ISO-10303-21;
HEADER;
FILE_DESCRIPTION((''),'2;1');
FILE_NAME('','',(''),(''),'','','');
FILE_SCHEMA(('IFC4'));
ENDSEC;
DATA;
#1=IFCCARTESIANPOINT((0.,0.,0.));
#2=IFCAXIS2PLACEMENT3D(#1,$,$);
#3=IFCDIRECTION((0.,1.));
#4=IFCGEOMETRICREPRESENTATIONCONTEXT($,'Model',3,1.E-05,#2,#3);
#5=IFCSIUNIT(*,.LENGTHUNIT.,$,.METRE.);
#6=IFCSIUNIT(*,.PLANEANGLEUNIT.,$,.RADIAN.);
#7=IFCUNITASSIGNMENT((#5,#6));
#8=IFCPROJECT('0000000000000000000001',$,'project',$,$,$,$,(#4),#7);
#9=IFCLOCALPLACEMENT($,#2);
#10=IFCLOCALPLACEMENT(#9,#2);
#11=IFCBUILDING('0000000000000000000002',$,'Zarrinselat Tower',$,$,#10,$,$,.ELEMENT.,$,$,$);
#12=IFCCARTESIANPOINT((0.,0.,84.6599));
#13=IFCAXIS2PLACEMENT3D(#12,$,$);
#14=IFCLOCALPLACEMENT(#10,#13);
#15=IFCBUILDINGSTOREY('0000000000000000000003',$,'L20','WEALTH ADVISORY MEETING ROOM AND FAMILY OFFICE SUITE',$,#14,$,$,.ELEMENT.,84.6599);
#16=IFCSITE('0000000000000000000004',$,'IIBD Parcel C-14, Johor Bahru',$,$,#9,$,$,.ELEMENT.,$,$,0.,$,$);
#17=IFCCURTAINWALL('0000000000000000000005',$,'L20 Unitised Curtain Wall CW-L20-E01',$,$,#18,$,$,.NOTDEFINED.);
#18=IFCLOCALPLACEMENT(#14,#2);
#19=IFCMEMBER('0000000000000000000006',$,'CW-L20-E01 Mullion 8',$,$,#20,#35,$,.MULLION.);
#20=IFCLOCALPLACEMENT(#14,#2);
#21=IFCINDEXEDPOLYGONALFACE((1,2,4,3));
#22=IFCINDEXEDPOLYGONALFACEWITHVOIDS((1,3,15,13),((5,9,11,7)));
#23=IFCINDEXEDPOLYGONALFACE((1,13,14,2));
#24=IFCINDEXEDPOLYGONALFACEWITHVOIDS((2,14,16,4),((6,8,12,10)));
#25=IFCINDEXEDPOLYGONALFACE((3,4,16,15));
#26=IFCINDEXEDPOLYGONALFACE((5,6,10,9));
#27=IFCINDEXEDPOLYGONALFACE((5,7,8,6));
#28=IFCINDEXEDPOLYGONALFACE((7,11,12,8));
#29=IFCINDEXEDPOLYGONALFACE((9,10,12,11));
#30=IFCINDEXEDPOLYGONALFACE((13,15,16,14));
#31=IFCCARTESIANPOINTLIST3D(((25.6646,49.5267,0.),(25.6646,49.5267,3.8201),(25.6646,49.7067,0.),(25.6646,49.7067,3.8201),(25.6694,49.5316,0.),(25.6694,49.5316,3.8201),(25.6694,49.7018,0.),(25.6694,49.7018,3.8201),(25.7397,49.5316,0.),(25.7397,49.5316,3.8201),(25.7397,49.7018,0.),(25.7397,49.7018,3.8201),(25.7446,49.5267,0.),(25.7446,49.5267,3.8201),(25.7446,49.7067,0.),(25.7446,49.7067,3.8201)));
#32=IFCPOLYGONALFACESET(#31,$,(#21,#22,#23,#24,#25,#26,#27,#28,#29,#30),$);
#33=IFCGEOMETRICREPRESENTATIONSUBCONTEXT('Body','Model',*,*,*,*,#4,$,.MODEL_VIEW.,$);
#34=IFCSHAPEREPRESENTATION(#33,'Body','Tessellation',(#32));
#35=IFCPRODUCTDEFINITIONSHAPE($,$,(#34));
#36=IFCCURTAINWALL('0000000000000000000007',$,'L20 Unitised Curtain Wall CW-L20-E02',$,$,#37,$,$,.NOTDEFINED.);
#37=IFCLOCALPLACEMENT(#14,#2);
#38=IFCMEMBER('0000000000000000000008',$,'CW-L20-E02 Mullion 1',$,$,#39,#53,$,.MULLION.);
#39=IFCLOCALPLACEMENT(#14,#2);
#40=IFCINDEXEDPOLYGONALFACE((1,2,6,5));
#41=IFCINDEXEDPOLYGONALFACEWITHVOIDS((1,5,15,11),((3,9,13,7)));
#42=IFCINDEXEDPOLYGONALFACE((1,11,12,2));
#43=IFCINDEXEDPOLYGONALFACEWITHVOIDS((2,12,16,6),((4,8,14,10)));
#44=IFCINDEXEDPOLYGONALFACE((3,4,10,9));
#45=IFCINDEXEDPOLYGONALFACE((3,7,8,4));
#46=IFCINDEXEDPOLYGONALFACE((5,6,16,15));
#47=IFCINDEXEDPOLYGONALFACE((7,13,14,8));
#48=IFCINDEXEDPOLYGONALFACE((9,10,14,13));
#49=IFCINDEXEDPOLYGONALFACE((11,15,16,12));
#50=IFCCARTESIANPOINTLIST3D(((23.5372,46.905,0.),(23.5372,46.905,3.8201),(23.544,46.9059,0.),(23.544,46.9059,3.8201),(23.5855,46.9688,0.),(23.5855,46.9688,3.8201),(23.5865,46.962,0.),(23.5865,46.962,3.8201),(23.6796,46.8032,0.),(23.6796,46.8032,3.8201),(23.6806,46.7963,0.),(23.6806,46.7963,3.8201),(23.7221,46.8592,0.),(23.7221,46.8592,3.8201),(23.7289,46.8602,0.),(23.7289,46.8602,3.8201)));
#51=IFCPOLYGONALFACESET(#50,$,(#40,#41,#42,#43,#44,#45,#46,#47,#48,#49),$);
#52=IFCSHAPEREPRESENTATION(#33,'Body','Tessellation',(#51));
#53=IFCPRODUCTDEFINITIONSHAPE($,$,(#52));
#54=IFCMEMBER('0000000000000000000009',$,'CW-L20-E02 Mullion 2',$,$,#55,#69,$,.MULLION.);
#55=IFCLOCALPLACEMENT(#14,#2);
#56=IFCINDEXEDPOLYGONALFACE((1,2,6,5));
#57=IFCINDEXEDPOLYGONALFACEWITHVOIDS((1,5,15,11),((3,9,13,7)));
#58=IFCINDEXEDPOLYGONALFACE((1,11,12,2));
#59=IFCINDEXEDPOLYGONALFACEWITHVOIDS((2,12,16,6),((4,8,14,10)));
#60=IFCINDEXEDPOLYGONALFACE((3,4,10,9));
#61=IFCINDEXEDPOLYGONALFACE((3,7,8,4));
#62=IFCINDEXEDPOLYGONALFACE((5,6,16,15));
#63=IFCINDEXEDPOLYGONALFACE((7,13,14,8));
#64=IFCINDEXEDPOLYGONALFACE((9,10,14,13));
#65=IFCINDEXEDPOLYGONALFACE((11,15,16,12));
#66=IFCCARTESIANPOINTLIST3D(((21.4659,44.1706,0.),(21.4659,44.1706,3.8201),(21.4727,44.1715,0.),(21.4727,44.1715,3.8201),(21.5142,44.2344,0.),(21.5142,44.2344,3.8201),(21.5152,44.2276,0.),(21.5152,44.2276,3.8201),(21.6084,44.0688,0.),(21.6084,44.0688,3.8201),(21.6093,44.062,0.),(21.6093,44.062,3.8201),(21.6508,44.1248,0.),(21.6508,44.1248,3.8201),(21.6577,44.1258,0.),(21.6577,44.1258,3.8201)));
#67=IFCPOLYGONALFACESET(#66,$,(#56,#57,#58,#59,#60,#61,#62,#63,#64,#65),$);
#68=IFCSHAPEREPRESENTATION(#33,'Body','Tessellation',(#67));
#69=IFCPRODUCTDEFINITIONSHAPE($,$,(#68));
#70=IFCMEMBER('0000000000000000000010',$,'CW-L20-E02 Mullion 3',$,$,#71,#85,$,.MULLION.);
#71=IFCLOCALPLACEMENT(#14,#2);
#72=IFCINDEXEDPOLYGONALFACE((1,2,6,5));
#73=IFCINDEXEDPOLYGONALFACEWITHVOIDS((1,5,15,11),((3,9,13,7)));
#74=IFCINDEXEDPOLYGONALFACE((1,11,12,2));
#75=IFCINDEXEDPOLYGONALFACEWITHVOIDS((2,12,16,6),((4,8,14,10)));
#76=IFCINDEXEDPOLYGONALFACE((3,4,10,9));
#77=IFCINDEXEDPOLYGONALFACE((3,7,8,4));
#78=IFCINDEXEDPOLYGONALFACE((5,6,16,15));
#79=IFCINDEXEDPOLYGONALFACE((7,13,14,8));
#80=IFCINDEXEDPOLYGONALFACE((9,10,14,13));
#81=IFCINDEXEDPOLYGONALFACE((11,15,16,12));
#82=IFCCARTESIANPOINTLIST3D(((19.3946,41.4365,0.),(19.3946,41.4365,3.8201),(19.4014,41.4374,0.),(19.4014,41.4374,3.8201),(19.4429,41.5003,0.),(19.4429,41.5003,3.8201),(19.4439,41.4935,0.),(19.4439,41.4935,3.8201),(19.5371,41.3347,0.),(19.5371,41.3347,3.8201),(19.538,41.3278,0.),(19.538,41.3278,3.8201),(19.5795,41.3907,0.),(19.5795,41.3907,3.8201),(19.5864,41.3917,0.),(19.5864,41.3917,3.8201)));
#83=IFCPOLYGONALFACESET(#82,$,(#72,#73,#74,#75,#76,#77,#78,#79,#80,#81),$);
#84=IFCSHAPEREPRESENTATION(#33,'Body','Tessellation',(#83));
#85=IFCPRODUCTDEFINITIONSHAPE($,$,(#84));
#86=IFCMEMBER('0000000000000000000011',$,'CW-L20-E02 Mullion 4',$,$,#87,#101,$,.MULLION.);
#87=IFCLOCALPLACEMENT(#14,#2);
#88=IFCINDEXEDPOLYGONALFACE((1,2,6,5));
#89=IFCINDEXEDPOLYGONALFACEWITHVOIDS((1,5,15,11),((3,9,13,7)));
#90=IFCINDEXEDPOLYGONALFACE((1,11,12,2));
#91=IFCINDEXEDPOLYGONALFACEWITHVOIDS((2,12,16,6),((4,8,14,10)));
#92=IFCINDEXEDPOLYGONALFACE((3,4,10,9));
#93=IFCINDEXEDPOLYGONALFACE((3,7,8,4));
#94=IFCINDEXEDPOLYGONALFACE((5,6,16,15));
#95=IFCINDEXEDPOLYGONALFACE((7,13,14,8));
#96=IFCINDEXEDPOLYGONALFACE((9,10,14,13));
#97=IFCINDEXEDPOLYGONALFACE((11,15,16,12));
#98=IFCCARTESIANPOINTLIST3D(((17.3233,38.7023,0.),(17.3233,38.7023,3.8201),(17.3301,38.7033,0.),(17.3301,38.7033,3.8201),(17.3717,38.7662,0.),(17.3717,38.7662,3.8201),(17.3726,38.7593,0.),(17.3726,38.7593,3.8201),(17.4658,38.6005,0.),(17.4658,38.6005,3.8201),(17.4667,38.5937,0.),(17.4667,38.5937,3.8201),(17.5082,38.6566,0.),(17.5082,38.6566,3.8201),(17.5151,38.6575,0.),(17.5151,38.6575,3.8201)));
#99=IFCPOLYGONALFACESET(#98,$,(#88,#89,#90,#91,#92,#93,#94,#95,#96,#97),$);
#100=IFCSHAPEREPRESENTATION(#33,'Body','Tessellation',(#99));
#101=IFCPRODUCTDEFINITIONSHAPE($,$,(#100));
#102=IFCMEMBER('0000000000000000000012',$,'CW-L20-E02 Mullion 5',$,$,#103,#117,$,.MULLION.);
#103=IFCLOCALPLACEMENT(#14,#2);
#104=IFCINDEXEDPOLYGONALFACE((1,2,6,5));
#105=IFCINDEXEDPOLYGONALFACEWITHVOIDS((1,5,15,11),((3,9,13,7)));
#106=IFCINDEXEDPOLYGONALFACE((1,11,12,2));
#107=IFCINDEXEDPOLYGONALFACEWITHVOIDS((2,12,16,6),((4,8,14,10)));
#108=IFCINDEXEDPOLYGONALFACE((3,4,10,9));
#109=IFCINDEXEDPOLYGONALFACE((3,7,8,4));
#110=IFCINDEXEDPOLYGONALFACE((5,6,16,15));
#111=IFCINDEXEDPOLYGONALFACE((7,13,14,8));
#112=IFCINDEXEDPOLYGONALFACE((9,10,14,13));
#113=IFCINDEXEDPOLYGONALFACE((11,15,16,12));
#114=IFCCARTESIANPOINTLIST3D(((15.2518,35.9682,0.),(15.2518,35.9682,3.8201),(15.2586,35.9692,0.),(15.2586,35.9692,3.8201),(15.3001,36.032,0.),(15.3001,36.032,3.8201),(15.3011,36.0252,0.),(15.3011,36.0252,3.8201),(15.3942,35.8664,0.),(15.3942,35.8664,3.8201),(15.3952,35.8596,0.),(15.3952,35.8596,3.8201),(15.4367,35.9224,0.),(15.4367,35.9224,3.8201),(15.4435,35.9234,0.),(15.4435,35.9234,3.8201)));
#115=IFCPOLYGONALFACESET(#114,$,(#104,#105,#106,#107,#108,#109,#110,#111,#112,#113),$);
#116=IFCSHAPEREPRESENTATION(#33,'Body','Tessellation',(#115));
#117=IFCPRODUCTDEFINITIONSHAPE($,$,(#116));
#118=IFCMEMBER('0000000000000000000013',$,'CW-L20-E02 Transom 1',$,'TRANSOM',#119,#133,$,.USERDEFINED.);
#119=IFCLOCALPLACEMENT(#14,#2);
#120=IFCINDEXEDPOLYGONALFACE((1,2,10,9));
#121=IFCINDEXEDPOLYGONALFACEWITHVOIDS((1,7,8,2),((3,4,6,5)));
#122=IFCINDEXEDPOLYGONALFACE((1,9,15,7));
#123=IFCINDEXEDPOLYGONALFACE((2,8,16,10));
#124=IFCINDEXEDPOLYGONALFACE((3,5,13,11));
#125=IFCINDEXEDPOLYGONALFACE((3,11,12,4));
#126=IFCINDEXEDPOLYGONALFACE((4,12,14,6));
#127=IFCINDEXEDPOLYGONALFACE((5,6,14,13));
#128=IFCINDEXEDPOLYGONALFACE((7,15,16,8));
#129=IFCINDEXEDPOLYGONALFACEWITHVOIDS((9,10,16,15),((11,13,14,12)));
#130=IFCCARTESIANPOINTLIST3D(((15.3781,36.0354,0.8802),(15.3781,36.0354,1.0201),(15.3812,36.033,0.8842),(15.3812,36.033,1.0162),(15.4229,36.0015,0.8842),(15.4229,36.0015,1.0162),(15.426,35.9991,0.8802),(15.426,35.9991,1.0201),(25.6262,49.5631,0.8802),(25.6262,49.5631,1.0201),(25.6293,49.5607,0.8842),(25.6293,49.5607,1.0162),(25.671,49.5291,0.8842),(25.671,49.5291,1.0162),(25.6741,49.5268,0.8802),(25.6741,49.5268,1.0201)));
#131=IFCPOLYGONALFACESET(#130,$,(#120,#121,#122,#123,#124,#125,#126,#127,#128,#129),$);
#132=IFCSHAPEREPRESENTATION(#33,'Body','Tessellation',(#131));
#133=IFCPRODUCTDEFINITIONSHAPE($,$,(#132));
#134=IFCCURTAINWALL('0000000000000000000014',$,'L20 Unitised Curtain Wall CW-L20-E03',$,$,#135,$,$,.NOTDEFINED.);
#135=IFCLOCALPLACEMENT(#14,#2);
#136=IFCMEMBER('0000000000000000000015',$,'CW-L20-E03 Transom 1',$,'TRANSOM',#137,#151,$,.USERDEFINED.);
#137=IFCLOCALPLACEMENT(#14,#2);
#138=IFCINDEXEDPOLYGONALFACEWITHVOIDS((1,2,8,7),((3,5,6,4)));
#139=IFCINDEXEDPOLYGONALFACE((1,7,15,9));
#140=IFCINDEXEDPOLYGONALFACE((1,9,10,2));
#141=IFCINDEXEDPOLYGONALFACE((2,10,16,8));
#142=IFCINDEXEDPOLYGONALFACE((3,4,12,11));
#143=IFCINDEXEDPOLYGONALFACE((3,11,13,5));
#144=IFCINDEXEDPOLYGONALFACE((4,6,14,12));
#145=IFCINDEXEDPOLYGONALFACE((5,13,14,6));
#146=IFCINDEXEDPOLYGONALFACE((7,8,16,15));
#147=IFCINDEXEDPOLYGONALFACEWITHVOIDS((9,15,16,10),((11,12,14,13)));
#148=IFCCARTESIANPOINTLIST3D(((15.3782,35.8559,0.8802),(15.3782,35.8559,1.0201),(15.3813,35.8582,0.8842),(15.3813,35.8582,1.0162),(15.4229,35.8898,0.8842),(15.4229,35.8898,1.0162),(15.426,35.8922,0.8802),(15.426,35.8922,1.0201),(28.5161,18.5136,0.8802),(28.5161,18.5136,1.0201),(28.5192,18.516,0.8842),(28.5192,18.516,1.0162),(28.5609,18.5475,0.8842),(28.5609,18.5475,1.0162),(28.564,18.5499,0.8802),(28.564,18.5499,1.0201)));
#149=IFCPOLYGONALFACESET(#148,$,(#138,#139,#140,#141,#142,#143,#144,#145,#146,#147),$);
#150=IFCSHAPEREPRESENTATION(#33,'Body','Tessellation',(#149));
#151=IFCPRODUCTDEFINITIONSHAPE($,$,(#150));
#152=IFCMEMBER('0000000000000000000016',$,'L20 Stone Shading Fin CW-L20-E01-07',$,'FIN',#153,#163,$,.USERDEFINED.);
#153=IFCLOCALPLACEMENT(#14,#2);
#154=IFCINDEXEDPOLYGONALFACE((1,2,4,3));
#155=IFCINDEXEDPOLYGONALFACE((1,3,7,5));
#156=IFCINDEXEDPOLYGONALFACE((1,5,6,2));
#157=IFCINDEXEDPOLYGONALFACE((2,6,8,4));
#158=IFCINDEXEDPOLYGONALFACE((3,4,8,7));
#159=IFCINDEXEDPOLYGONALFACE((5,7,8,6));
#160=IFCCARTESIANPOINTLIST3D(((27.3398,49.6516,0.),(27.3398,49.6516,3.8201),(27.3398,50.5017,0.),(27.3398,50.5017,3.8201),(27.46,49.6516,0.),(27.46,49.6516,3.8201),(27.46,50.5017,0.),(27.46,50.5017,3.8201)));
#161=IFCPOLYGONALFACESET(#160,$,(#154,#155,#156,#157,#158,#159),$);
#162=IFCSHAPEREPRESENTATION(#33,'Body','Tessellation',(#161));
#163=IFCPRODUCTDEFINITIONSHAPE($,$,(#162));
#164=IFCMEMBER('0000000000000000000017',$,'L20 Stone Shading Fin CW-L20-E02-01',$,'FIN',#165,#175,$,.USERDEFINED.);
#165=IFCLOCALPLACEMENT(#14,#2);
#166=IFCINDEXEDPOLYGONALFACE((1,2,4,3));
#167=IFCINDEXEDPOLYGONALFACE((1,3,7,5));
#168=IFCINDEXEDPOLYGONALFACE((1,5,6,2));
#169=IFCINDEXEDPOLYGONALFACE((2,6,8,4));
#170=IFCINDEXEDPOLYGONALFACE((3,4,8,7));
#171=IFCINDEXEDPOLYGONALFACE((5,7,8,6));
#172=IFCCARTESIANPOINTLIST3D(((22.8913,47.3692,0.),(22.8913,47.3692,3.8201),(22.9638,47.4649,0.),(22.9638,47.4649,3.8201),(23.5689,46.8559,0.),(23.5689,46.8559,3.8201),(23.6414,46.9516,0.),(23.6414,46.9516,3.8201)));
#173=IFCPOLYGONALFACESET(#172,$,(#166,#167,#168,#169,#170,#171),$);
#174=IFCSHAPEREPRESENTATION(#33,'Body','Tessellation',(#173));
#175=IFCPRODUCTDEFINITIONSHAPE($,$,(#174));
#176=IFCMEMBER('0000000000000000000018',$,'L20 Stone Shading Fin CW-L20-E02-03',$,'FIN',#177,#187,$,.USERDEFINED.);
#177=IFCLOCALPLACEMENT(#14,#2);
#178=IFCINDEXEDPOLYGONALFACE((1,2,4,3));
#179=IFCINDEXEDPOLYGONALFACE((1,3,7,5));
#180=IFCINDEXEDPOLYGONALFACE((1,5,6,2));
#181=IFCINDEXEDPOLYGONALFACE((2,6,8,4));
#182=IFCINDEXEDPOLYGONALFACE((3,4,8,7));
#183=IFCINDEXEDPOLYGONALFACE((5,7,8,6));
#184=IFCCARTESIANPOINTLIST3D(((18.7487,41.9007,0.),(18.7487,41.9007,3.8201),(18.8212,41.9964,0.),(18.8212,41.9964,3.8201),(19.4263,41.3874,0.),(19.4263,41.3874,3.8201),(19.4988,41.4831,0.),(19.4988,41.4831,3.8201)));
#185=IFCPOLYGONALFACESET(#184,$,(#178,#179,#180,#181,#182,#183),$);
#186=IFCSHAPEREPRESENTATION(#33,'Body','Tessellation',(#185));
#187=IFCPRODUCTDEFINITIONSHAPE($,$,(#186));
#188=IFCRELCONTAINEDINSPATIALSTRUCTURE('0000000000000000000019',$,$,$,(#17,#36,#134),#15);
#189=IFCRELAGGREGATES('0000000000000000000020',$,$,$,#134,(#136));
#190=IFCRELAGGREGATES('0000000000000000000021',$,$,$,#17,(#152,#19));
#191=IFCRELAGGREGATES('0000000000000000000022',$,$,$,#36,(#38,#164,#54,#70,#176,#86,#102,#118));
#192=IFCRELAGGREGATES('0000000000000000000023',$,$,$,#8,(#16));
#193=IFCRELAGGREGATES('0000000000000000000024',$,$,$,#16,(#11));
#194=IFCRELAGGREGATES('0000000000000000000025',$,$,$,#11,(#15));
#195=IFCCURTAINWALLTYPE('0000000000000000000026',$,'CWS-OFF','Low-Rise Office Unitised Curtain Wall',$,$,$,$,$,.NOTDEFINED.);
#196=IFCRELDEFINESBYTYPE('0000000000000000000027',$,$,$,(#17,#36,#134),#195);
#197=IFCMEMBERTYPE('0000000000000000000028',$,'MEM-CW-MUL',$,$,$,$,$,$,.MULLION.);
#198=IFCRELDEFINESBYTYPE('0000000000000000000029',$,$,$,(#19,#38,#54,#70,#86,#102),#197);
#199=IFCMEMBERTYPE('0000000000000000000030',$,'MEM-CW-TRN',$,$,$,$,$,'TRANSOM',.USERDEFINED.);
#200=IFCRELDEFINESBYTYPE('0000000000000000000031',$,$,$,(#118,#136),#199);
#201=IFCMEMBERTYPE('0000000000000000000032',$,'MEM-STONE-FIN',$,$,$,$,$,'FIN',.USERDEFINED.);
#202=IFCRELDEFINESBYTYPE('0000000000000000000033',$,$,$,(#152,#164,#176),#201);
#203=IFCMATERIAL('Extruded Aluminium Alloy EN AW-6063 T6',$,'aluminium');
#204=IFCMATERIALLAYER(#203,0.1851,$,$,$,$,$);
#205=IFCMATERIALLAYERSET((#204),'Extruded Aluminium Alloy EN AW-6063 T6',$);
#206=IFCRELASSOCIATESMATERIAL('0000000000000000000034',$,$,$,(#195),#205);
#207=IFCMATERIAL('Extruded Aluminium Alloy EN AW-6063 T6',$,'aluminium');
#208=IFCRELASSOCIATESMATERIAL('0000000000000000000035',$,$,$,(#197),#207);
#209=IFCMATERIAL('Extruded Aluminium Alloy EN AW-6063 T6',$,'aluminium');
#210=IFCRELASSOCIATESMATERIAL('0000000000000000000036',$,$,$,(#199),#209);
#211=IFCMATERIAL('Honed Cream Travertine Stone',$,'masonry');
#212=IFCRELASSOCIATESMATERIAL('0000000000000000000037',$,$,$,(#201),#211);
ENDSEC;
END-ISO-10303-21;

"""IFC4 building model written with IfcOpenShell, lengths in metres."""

from ifc_helpers import new_model, si_unit, direction, frame, origin, origin_2d, place, context, subcontext, project, spatial, rectangle, hollow_rectangle, extrude, material, layer, layer_set, material_profile, profile_set, type_object, element, aggregate, save


model = new_model("IFC4")

# Units and contexts
model_context = context("Model", 3, precision=1e-05, world=origin(), true_north=direction((0.0, 1.0)))
body_context = subcontext(model_context, "Body", "Model", "MODEL_VIEW")
ifc_project = project(units=[si_unit("LENGTHUNIT", "METRE"), si_unit("PLANEANGLEUNIT", "RADIAN")], contexts=[model_context])

# Site, building, storey
site_placement = place(None, origin())
site = spatial("IfcSite", under=ifc_project, at=site_placement, Name="IIBD Parcel C-14, Johor Bahru", CompositionType="ELEMENT", RefElevation=0.0)
building_placement = place(site_placement, origin())
building = spatial("IfcBuilding", under=site, at=building_placement, Name="Zarrinselat Tower", CompositionType="ELEMENT")
storey_placement = place(building_placement, frame((0.0, 0.0, 84.6599)))
storey = spatial("IfcBuildingStorey", under=building, at=storey_placement, Name="L20", Description="WEALTH ADVISORY MEETING ROOM AND FAMILY OFFICE SUITE", CompositionType="ELEMENT", Elevation=84.6599)

# Curtain walls, members
ifc_material_1 = material(Name="Extruded Aluminium Alloy EN AW-6063 T6", Category="aluminium")
ifc_layer_1 = layer(ifc_material_1, 0.1851)
ifc_layer_set_1 = layer_set([ifc_layer_1], Name="Extruded Aluminium Alloy EN AW-6063 T6")
curtain_wall_type = type_object("IfcCurtainWallType", Name="CWS-OFF", Description="Low-Rise Office Unitised Curtain Wall", PredefinedType="NOTDEFINED", material=ifc_layer_set_1)
curtain_wall_1_placement = place(storey_placement, origin())
curtain_wall_1 = element("IfcCurtainWall", 1, at=curtain_wall_1_placement, inside=storey, type_object=curtain_wall_type, Name="L20 Unitised Curtain Wall CW-L20-E01", PredefinedType="NOTDEFINED")
ifc_material_2 = material(Name="Extruded Aluminium Alloy EN AW-6063 T6", Category="aluminium")
ifc_material_profile_1 = material_profile(ifc_material_2, hollow_rectangle(XDim=0.0801, YDim=0.1799, WallThickness=0.0049, at=origin_2d()), Name="RHS 180x80x5")
ifc_profile_set_1 = profile_set([ifc_material_profile_1], Name="Extruded Aluminium Alloy EN AW-6063 T6")
member_type_1 = type_object("IfcMemberType", Name="MEM-CW-MUL", PredefinedType="MULLION", material=ifc_profile_set_1)
member_1_placement = place(storey_placement, frame((25.7046, 49.6167, 0.0), z_axis=(0.0, 0.0, 1.0), x_axis=(-1.0, 0.0, 0.0)))
member_1 = element("IfcMember", 2, at=member_1_placement, type_object=member_type_1, Name="CW-L20-E01 Mullion 8", PredefinedType="MULLION", context=body_context, shape_type="SweptSolid", body=[
    extrude(hollow_rectangle(XDim=0.0801, YDim=0.1799, WallThickness=0.0049, at=origin_2d()), origin(), (0.0, 0.0, 1.0), 3.8201),
])
curtain_wall_2_placement = place(storey_placement, origin())
curtain_wall_2 = element("IfcCurtainWall", 3, at=curtain_wall_2_placement, inside=storey, type_object=curtain_wall_type, Name="L20 Unitised Curtain Wall CW-L20-E02", PredefinedType="NOTDEFINED")
member_2_placement = place(storey_placement, frame((23.6331, 46.8826, 0.0), z_axis=(0.0, 0.0, 1.0), x_axis=(-0.603857, -0.797093, 0.0)))
member_2 = element("IfcMember", 4, at=member_2_placement, type_object=member_type_1, Name="CW-L20-E02 Mullion 1", PredefinedType="MULLION", context=body_context, shape_type="SweptSolid", body=[
    extrude(hollow_rectangle(XDim=0.0801, YDim=0.1799, WallThickness=0.0049, at=origin_2d()), origin(), (0.0, 0.0, 1.0), 3.8201),
])
member_3_placement = place(storey_placement, frame((21.5618, 44.1482, 0.0), z_axis=(0.0, 0.0, 1.0), x_axis=(-0.603857, -0.797093, 0.0)))
member_3 = element("IfcMember", 5, at=member_3_placement, type_object=member_type_1, Name="CW-L20-E02 Mullion 2", PredefinedType="MULLION", context=body_context, shape_type="SweptSolid", body=[
    extrude(hollow_rectangle(XDim=0.0801, YDim=0.1799, WallThickness=0.0049, at=origin_2d()), origin(), (0.0, 0.0, 1.0), 3.8201),
])
member_4_placement = place(storey_placement, frame((19.4905, 41.4141, 0.0), z_axis=(0.0, 0.0, 1.0), x_axis=(-0.603857, -0.797093, 0.0)))
member_4 = element("IfcMember", 6, at=member_4_placement, type_object=member_type_1, Name="CW-L20-E02 Mullion 3", PredefinedType="MULLION", context=body_context, shape_type="SweptSolid", body=[
    extrude(hollow_rectangle(XDim=0.0801, YDim=0.1799, WallThickness=0.0049, at=origin_2d()), origin(), (0.0, 0.0, 1.0), 3.8201),
])
member_5_placement = place(storey_placement, frame((17.4192, 38.6799, 0.0), z_axis=(0.0, 0.0, 1.0), x_axis=(-0.603857, -0.797093, 0.0)))
member_5 = element("IfcMember", 7, at=member_5_placement, type_object=member_type_1, Name="CW-L20-E02 Mullion 4", PredefinedType="MULLION", context=body_context, shape_type="SweptSolid", body=[
    extrude(hollow_rectangle(XDim=0.0801, YDim=0.1799, WallThickness=0.0049, at=origin_2d()), origin(), (0.0, 0.0, 1.0), 3.8201),
])
member_6_placement = place(storey_placement, frame((15.3477, 35.9458, 0.0), z_axis=(0.0, 0.0, 1.0), x_axis=(-0.603857, -0.797093, 0.0)))
member_6 = element("IfcMember", 8, at=member_6_placement, type_object=member_type_1, Name="CW-L20-E02 Mullion 5", PredefinedType="MULLION", context=body_context, shape_type="SweptSolid", body=[
    extrude(hollow_rectangle(XDim=0.0801, YDim=0.1799, WallThickness=0.0049, at=origin_2d()), origin(), (0.0, 0.0, 1.0), 3.8201),
])
ifc_material_3 = material(Name="Extruded Aluminium Alloy EN AW-6063 T6", Category="aluminium")
ifc_material_profile_2 = material_profile(ifc_material_3, hollow_rectangle(XDim=0.0601, YDim=0.1399, WallThickness=0.0039, at=origin_2d()), Name="RHS 140x60x4")
ifc_profile_set_2 = profile_set([ifc_material_profile_2], Name="Extruded Aluminium Alloy EN AW-6063 T6")
member_type_2 = type_object("IfcMemberType", Name="MEM-CW-TRN", ElementType="TRANSOM", PredefinedType="USERDEFINED", material=ifc_profile_set_2)
member_7_placement = place(storey_placement, frame((25.6501, 49.5449, 0.9502), z_axis=(-0.603853, -0.797096, 0.0), x_axis=(0.797096, -0.603853, 0.0)))
member_7 = element("IfcMember", 9, at=member_7_placement, type_object=member_type_2, Name="CW-L20-E02 Transom 1", ObjectType="TRANSOM", PredefinedType="USERDEFINED", context=body_context, shape_type="SweptSolid", body=[
    extrude(hollow_rectangle(XDim=0.0601, YDim=0.1399, WallThickness=0.0039, at=origin_2d()), origin(), (0.0, 0.0, 1.0), 16.9712),
])

# Curtain wall, member
curtain_wall_3_placement = place(storey_placement, origin())
curtain_wall_3 = element("IfcCurtainWall", 10, at=curtain_wall_3_placement, inside=storey, type_object=curtain_wall_type, Name="L20 Unitised Curtain Wall CW-L20-E03", PredefinedType="NOTDEFINED")
member_8_placement = place(storey_placement, frame((15.4021, 35.874, 0.9502), z_axis=(0.603853, -0.797096, 0.0), x_axis=(0.797096, 0.603853, 0.0)))
member_8 = element("IfcMember", 11, at=member_8_placement, type_object=member_type_2, Name="CW-L20-E03 Transom 1", ObjectType="TRANSOM", PredefinedType="USERDEFINED", context=body_context, shape_type="SweptSolid", body=[
    extrude(hollow_rectangle(XDim=0.0601, YDim=0.1399, WallThickness=0.0039, at=origin_2d()), origin(), (0.0, 0.0, 1.0), 21.7568),
])
aggregate(curtain_wall_3, [member_8])

# Members
ifc_material_4 = material(Name="Honed Cream Travertine Stone", Category="masonry")
ifc_material_profile_3 = material_profile(ifc_material_4, rectangle(XDim=0.1201, YDim=0.8501, at=origin_2d()), Name="FIN 850x120")
ifc_profile_set_3 = profile_set([ifc_material_profile_3], Name="Honed Cream Travertine Stone")
member_type_3 = type_object("IfcMemberType", Name="MEM-STONE-FIN", ElementType="FIN", PredefinedType="USERDEFINED", material=ifc_profile_set_3)
member_9_placement = place(storey_placement, frame((27.3999, 50.0767, 0.0), z_axis=(0.0, 0.0, 1.0), x_axis=(1.0, 0.0, 0.0)))
member_9 = element("IfcMember", 12, at=member_9_placement, type_object=member_type_3, Name="L20 Stone Shading Fin CW-L20-E01-07", ObjectType="FIN", PredefinedType="USERDEFINED", context=body_context, shape_type="SweptSolid", body=[
    extrude(rectangle(XDim=0.1201, YDim=0.8501, at=origin_2d()), origin(), (0.0, 0.0, 1.0), 3.8201),
])
member_10_placement = place(storey_placement, frame((23.2664, 47.1604, 0.0), z_axis=(0.0, 0.0, 1.0), x_axis=(0.603857, 0.797093, 0.0)))
member_10 = element("IfcMember", 13, at=member_10_placement, type_object=member_type_3, Name="L20 Stone Shading Fin CW-L20-E02-01", ObjectType="FIN", PredefinedType="USERDEFINED", context=body_context, shape_type="SweptSolid", body=[
    extrude(rectangle(XDim=0.1201, YDim=0.8501, at=origin_2d()), origin(), (0.0, 0.0, 1.0), 3.8201),
])
member_11_placement = place(storey_placement, frame((19.1238, 41.6919, 0.0), z_axis=(0.0, 0.0, 1.0), x_axis=(0.603857, 0.797093, 0.0)))
member_11 = element("IfcMember", 14, at=member_11_placement, type_object=member_type_3, Name="L20 Stone Shading Fin CW-L20-E02-03", ObjectType="FIN", PredefinedType="USERDEFINED", context=body_context, shape_type="SweptSolid", body=[
    extrude(rectangle(XDim=0.1201, YDim=0.8501, at=origin_2d()), origin(), (0.0, 0.0, 1.0), 3.8201),
])

aggregate(curtain_wall_1, [member_9, member_1])
aggregate(curtain_wall_2, [member_2, member_10, member_3, member_4, member_11, member_5, member_6, member_7])

save(model, "model.ifc")
